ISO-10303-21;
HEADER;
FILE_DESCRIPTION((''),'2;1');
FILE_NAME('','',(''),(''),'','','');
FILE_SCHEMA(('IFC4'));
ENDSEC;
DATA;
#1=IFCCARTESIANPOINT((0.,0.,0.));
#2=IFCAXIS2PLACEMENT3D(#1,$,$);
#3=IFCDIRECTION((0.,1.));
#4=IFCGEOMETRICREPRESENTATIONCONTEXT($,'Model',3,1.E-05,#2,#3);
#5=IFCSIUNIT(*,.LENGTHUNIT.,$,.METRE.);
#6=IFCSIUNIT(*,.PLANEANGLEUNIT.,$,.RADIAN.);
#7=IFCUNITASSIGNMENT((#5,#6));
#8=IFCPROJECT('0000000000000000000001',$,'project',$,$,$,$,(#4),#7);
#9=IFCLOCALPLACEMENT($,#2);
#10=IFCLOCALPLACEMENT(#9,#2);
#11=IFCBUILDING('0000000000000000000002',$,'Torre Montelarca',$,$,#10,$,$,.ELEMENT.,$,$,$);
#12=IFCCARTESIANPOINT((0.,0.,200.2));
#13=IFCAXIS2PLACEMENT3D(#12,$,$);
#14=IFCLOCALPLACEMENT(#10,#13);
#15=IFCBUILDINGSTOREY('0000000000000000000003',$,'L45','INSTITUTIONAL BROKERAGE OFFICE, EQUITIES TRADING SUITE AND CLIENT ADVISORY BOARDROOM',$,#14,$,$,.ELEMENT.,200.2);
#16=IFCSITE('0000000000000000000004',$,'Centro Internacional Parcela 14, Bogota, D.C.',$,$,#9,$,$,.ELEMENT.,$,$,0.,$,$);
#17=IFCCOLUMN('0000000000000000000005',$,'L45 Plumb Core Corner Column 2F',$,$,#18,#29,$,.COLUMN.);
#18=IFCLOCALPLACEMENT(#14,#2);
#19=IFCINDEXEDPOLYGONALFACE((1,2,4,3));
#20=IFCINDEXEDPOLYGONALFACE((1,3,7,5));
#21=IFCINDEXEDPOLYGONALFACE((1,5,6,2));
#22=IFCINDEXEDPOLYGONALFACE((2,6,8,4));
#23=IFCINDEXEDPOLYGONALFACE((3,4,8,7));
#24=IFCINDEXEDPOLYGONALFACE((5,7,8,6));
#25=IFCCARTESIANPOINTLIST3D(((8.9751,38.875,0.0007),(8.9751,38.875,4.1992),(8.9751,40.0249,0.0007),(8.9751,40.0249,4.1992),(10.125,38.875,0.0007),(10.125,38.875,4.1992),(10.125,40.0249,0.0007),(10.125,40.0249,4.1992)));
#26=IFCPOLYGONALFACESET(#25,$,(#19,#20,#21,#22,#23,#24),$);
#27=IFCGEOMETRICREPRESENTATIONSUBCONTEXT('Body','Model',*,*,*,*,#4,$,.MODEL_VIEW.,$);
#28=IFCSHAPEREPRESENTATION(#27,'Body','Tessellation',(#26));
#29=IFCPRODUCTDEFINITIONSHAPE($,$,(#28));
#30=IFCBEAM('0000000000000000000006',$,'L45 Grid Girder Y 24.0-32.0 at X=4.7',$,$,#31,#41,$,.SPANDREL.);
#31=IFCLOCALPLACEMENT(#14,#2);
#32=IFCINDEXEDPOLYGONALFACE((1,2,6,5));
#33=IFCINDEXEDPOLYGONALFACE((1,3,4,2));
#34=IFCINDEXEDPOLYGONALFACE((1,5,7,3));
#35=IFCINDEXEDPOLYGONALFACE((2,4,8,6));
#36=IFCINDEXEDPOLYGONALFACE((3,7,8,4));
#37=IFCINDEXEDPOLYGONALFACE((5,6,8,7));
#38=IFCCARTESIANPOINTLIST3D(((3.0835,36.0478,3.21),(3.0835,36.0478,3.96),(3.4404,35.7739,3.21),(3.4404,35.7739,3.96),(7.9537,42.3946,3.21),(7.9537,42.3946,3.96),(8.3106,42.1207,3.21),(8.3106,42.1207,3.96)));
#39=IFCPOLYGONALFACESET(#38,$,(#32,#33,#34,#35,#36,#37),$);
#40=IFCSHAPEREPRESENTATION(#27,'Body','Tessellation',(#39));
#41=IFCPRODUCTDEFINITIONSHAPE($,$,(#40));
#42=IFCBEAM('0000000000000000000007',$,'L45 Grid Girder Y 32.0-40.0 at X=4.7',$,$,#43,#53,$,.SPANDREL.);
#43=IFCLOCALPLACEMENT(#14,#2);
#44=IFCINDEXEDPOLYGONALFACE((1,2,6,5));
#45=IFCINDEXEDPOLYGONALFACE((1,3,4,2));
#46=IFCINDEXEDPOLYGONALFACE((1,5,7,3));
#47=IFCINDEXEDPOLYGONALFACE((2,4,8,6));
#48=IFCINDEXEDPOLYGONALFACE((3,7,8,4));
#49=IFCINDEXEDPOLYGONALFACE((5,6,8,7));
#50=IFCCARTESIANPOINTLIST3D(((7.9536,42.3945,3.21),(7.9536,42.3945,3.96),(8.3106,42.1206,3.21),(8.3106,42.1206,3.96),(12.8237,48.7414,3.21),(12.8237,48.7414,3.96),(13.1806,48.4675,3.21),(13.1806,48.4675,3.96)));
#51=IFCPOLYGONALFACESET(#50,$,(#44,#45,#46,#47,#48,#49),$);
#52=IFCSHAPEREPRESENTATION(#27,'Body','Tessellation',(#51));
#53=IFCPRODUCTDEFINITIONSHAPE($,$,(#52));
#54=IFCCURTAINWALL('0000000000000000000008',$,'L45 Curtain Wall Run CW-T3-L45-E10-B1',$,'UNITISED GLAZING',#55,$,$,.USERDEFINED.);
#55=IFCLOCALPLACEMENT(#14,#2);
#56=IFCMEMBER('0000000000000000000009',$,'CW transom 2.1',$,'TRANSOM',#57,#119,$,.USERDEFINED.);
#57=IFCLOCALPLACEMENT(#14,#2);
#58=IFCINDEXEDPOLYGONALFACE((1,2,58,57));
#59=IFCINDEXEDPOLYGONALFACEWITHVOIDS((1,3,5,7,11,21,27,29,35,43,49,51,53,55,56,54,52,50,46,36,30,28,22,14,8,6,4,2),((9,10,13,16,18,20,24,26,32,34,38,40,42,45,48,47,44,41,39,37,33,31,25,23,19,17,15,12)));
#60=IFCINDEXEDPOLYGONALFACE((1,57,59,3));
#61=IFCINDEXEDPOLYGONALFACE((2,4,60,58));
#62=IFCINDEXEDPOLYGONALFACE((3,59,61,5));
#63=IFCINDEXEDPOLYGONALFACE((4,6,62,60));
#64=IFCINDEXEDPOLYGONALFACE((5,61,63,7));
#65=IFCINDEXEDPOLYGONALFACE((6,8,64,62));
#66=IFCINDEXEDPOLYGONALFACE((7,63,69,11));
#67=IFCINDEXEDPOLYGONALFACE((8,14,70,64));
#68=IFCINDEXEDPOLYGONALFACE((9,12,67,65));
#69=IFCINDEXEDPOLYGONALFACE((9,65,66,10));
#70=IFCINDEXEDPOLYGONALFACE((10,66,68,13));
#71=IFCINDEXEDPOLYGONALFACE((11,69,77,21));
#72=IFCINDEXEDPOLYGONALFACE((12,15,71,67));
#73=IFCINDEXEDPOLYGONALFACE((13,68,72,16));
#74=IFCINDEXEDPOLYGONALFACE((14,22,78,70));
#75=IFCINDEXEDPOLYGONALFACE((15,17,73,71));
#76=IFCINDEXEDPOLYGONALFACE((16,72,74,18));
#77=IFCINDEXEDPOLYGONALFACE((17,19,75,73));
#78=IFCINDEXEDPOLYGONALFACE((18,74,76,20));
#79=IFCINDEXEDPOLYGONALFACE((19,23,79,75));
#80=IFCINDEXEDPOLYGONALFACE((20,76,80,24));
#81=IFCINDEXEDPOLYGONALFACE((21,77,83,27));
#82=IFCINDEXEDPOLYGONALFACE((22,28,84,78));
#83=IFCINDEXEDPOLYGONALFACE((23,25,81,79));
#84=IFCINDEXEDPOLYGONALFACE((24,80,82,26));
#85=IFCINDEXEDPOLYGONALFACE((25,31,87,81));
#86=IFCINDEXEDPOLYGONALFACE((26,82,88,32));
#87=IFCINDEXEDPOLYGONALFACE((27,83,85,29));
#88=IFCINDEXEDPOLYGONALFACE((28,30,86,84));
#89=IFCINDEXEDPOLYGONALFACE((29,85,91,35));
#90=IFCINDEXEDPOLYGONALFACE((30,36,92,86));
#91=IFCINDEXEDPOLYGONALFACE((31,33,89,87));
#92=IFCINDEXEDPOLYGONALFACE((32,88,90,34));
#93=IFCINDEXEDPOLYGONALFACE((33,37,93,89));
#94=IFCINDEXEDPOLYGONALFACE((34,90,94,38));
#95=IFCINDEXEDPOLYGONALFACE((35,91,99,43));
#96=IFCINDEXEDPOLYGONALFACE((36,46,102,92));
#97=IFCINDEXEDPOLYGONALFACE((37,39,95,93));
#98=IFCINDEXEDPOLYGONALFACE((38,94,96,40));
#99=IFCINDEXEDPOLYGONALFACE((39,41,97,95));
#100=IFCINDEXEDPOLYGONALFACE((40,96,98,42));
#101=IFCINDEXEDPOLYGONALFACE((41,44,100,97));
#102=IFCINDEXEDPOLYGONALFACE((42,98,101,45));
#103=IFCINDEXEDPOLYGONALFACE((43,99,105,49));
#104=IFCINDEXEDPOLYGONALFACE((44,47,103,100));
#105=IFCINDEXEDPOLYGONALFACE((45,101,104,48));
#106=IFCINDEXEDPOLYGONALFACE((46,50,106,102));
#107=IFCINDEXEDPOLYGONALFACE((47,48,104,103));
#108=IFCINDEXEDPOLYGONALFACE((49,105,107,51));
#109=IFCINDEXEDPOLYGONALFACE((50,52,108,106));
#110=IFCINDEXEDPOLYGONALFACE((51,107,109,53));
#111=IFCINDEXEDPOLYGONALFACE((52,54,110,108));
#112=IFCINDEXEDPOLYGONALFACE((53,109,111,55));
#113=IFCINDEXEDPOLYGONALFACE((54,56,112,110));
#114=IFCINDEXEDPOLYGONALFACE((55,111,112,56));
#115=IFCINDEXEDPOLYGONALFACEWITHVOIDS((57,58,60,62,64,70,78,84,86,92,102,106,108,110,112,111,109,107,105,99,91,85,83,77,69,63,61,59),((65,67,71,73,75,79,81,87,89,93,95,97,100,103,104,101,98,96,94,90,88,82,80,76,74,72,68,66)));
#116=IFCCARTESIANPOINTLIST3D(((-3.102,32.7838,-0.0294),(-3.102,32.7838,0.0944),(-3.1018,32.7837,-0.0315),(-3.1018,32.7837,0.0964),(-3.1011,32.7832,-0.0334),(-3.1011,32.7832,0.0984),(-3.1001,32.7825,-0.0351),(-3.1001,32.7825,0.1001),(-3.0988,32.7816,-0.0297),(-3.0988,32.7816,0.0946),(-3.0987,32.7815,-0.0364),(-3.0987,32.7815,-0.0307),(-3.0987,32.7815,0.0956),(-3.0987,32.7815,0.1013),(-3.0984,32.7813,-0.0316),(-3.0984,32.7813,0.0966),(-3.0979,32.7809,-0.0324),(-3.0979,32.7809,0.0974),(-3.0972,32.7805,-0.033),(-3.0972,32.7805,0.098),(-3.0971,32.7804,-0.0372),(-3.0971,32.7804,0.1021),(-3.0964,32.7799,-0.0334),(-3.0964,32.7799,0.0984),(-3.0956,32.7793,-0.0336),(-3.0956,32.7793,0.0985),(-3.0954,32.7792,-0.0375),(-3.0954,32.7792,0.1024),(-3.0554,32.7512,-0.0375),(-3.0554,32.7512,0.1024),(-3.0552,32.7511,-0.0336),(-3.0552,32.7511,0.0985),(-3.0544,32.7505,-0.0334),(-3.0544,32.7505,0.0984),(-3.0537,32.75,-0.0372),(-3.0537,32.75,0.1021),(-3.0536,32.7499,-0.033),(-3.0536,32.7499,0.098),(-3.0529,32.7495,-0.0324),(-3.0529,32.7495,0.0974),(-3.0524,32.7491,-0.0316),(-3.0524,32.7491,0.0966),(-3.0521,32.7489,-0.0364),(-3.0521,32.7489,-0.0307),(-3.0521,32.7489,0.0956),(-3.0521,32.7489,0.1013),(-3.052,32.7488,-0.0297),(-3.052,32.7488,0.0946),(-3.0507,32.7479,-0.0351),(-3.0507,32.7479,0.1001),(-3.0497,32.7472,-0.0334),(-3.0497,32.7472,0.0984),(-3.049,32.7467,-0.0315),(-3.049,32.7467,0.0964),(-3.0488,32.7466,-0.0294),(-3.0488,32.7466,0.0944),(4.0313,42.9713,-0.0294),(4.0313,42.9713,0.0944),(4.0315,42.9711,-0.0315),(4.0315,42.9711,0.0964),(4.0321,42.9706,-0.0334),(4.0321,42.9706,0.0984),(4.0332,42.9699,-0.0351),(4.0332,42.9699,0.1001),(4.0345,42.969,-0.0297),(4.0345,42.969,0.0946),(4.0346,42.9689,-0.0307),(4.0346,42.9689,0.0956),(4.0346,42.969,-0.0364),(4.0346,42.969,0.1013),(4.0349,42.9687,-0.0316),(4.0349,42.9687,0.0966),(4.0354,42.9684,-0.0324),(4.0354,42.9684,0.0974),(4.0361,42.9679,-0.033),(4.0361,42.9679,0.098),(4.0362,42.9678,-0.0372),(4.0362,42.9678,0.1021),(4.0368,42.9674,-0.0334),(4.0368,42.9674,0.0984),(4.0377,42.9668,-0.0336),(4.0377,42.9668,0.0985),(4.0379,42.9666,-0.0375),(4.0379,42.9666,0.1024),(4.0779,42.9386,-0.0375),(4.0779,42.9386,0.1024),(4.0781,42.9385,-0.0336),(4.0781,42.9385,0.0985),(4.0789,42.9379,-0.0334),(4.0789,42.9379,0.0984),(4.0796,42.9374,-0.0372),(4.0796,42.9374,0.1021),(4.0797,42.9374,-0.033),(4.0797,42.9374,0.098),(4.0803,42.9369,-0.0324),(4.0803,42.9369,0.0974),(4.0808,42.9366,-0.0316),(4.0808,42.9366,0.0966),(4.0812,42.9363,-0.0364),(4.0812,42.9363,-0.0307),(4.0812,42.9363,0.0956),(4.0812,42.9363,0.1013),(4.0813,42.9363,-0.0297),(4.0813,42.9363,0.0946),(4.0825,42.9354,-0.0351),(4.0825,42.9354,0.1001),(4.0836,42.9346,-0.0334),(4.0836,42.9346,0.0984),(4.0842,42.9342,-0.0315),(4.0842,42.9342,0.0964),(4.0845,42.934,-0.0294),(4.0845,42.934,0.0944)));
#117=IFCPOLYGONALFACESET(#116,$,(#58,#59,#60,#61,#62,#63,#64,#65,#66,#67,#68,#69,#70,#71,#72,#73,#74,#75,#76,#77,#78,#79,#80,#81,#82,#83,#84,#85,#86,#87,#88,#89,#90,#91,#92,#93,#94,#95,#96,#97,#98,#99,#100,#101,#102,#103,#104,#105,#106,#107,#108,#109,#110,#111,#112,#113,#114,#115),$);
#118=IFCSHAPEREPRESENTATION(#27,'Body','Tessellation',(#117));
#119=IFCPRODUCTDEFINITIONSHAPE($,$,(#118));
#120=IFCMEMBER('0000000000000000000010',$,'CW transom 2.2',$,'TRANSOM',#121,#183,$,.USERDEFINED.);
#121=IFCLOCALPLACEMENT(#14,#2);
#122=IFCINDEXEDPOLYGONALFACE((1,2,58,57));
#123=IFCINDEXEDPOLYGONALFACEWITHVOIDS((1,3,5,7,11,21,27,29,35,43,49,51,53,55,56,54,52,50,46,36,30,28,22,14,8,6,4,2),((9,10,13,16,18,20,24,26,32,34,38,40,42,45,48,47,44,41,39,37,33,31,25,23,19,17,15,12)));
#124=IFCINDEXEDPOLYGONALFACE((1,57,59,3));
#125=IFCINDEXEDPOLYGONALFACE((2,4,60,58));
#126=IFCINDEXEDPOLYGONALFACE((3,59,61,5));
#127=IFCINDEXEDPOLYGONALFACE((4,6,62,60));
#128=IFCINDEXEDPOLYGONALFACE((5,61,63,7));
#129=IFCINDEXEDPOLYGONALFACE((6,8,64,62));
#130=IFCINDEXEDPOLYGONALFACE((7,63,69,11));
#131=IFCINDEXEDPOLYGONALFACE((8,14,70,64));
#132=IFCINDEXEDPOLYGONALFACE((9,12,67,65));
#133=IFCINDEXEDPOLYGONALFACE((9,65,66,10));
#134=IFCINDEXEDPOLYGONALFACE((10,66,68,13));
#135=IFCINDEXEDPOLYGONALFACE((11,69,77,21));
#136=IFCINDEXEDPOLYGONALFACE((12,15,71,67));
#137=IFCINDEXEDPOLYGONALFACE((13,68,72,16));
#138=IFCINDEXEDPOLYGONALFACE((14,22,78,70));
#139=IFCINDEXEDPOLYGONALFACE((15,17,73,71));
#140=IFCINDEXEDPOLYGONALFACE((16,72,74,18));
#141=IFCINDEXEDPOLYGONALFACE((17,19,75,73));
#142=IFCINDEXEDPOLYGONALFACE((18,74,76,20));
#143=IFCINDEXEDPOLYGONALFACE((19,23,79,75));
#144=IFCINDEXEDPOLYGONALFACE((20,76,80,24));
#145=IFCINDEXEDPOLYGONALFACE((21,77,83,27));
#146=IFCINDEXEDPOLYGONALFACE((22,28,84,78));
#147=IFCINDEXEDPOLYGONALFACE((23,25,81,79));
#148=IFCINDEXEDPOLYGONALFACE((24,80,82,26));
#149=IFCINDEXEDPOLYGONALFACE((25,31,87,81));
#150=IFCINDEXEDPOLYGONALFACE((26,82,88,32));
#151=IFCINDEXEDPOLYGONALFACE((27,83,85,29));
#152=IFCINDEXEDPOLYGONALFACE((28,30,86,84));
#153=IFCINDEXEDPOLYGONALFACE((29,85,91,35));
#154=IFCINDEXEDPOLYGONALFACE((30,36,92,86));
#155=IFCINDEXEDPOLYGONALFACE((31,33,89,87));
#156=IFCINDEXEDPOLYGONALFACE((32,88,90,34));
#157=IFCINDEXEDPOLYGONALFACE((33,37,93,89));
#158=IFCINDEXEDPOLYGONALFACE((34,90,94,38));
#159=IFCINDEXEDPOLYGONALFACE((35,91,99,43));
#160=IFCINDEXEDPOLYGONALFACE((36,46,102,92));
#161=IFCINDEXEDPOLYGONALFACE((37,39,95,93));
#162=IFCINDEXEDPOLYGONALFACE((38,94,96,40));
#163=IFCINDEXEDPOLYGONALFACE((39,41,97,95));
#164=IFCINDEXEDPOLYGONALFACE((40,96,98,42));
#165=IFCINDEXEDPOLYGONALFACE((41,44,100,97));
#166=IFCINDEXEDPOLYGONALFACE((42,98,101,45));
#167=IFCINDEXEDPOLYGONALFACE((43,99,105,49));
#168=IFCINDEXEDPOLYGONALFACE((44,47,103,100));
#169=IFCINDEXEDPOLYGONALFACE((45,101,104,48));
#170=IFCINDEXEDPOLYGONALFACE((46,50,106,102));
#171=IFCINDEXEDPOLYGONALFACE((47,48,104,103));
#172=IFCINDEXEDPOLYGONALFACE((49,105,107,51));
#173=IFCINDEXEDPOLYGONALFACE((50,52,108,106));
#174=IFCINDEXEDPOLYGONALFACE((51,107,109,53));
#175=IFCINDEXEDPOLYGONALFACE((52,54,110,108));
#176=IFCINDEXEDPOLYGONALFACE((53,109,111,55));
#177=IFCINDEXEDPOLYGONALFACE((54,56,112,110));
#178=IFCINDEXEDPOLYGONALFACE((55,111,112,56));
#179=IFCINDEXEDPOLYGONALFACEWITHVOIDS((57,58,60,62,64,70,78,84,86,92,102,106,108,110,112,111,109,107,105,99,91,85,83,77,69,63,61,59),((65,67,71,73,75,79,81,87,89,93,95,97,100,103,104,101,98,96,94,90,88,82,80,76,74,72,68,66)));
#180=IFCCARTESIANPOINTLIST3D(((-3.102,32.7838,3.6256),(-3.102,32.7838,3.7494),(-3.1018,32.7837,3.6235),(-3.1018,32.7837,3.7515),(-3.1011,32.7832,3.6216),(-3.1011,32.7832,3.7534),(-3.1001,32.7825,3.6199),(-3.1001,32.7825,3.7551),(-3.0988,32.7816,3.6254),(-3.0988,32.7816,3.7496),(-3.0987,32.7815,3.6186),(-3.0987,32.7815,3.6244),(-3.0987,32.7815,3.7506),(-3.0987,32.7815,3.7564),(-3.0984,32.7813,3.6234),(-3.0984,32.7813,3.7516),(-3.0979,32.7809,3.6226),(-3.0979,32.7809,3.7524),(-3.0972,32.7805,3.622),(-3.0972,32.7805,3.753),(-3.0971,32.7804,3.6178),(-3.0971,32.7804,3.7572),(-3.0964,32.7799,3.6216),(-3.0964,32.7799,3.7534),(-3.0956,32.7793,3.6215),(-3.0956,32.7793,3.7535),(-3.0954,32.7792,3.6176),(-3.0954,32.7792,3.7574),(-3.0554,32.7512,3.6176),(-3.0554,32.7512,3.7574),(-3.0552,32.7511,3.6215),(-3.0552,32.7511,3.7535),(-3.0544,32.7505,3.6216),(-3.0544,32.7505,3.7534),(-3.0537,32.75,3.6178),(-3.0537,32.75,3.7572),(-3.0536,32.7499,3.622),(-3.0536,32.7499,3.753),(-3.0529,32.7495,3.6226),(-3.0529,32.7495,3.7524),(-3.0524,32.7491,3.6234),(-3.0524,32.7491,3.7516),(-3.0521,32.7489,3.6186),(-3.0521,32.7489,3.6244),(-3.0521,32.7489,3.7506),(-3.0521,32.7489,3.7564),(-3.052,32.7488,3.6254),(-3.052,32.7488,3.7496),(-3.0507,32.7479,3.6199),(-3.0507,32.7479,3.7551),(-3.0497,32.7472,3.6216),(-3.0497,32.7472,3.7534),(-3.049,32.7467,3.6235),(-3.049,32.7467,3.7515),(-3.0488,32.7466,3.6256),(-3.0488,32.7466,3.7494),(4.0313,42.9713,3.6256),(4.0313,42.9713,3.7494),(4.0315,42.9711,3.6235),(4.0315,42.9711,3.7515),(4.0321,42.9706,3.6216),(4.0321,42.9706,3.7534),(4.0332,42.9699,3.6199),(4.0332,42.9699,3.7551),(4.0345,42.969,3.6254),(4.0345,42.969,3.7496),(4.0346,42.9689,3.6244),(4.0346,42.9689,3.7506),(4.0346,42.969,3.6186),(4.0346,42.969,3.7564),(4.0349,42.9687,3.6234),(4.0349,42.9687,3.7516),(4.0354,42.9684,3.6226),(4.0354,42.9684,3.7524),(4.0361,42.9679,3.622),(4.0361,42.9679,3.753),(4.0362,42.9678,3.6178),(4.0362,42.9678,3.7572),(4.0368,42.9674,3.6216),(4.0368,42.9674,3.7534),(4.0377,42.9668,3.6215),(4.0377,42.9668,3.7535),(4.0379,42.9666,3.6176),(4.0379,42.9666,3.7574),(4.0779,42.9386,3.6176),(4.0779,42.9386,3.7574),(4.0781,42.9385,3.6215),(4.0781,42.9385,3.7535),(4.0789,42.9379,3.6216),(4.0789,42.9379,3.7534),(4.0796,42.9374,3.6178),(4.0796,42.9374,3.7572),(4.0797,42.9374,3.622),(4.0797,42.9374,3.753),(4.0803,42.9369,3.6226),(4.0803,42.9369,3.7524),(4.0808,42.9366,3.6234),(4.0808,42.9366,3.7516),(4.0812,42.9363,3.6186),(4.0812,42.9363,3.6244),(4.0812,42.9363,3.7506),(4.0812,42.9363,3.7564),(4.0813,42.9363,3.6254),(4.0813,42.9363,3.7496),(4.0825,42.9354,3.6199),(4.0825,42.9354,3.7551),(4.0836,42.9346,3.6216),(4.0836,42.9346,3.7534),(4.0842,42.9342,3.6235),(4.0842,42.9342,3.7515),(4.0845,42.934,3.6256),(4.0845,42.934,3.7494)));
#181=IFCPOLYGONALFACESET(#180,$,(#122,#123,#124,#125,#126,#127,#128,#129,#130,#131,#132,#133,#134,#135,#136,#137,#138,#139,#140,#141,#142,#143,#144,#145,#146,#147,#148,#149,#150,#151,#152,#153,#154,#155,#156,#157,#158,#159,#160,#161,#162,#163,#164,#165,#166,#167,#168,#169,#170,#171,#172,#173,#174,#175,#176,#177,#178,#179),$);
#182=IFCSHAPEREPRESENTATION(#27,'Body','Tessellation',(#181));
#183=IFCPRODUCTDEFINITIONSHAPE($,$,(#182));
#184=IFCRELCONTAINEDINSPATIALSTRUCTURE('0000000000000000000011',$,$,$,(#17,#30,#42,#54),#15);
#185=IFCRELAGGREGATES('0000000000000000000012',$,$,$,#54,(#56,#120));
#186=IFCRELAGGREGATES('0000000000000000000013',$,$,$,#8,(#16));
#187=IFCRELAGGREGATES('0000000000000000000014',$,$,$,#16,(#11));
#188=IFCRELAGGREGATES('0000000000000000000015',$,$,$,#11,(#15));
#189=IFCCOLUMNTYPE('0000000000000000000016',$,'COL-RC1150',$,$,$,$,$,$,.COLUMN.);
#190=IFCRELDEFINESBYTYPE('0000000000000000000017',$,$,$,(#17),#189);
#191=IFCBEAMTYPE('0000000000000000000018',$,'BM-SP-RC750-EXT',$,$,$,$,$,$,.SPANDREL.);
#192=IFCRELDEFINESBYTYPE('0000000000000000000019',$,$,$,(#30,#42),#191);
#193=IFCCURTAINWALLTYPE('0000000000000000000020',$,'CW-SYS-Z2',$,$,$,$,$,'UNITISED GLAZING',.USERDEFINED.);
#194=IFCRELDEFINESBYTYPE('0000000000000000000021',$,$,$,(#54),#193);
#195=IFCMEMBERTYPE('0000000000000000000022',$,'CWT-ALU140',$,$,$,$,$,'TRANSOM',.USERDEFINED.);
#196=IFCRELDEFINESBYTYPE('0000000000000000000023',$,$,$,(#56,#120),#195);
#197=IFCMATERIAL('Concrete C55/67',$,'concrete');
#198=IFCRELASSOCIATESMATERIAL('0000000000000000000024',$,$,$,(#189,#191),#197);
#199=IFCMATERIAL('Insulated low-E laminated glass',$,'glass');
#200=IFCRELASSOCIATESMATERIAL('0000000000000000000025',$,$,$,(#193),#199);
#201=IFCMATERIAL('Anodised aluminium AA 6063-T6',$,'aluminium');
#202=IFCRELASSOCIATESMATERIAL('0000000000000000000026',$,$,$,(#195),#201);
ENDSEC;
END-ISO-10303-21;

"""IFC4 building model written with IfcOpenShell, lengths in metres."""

from ifc_helpers import new_model, si_unit, direction, frame, origin, origin_2d, place, context, subcontext, project, spatial, rectangle, hollow_rectangle, extrude, source, transform, mapped, material, material_profile, profile_set, type_object, element, aggregate, save


model = new_model("IFC4")

# Units and contexts
model_context = context("Model", 3, precision=1e-05, world=origin(), true_north=direction((0.0, 1.0)))
body_context = subcontext(model_context, "Body", "Model", "MODEL_VIEW")
ifc_project = project(units=[si_unit("LENGTHUNIT", "METRE"), si_unit("PLANEANGLEUNIT", "RADIAN")], contexts=[model_context])

# Site, building, storey
site_placement = place(None, origin())
site = spatial("IfcSite", under=ifc_project, at=site_placement, Name="Centro Internacional Parcela 14, Bogota, D.C.", CompositionType="ELEMENT", RefElevation=0.0)
building_placement = place(site_placement, origin())
building = spatial("IfcBuilding", under=site, at=building_placement, Name="Torre Montelarca", CompositionType="ELEMENT")
storey_placement = place(building_placement, frame((0.0, 0.0, 200.2)))
storey = spatial("IfcBuildingStorey", under=building, at=storey_placement, Name="L45", Description="INSTITUTIONAL BROKERAGE OFFICE, EQUITIES TRADING SUITE AND CLIENT ADVISORY BOARDROOM", CompositionType="ELEMENT", Elevation=200.2)

# Column
ifc_material_1 = material(Name="Concrete C55/67", Category="concrete")
ifc_material_profile_1 = material_profile(ifc_material_1, rectangle(XDim=1.1499, YDim=1.1499, at=origin_2d()), Name="RC1150X1150", Category="concrete")
ifc_profile_set_1 = profile_set([ifc_material_profile_1], Name="Concrete C55/67")
column_type_1 = type_object("IfcColumnType", Name="COL-RC1150", PredefinedType="COLUMN", material=ifc_profile_set_1)
shared_shape_1 = source(origin(), body_context, "Body", "SweptSolid", [
    extrude(rectangle(XDim=1.1499, YDim=1.1499, at=origin_2d()), origin(), (0.0, 0.0, 1.0), 4.1985),
])
column_1_placement = place(storey_placement, frame((9.55, 39.45, 0.0007), z_axis=(0.0, 0.0, 1.0), x_axis=(1.0, 0.0, 0.0)))
element("IfcColumn", 1, at=column_1_placement, inside=storey, type_object=column_type_1, Name="L45 Plumb Core Corner Column 2F", PredefinedType="COLUMN", context=body_context, shape_type="MappedRepresentation", body=[
    mapped(shared_shape_1, transform((0.0, 0.0, 0.0), scale=1.0)),
])

# Beams
ifc_material_profile_2 = material_profile(ifc_material_1, rectangle(XDim=0.45, YDim=0.75, at=origin_2d()), Name="RCB450X750", Category="concrete")
ifc_profile_set_2 = profile_set([ifc_material_profile_2], Name="Concrete C55/67")
beam_type = type_object("IfcBeamType", Name="BM-SP-RC750-EXT", PredefinedType="SPANDREL", material=ifc_profile_set_2)
shared_shape_2 = source(origin(), body_context, "Body", "SweptSolid", [
    extrude(rectangle(XDim=0.45, YDim=0.75, at=origin_2d()), origin(), (0.0, 0.0, 1.0), 8.0),
])
for number, where, z_axis, x_axis, name in (
    (2, (3.262, 35.9109, 3.585), (0.608772, 0.793345, 0.0), (-0.793345, 0.608772, 0.0), "L45 Grid Girder Y 24.0-32.0 at X=4.7"),
    (3, (8.1321, 42.2576, 3.585), (0.608758, 0.793356, 0.0), (-0.793356, 0.608758, 0.0), "L45 Grid Girder Y 32.0-40.0 at X=4.7"),
):
    element("IfcBeam", number, at=place(storey_placement, frame(where, z_axis=z_axis, x_axis=x_axis)), inside=storey, type_object=beam_type, Name=name, PredefinedType="SPANDREL", context=body_context, shape_type="MappedRepresentation", body=[
        mapped(shared_shape_2, transform((0.0, 0.0, 0.0), scale=1.0)),
    ])

# Curtain wall, members
ifc_material_2 = material(Name="Insulated low-E laminated glass", Category="glass")
curtain_wall_type = type_object("IfcCurtainWallType", Name="CW-SYS-Z2", ElementType="UNITISED GLAZING", PredefinedType="USERDEFINED", material=ifc_material_2)
curtain_wall_placement = place(storey_placement, origin())
curtain_wall = element("IfcCurtainWall", 4, at=curtain_wall_placement, inside=storey, type_object=curtain_wall_type, Name="L45 Curtain Wall Run CW-T3-L45-E10-B1", ObjectType="UNITISED GLAZING", PredefinedType="USERDEFINED")
ifc_material_3 = material(Name="Anodised aluminium AA 6063-T6", Category="aluminium")
ifc_material_profile_3 = material_profile(ifc_material_3, hollow_rectangle(XDim=0.0649, YDim=0.1399, WallThickness=0.0039, InnerFilletRadius=0.0039, OuterFilletRadius=0.0081, at=origin_2d()), Name="ALU65X140X4", Category="aluminium")
ifc_profile_set_3 = profile_set([ifc_material_profile_3], Name="Anodised aluminium AA 6063-T6")
member_type_1 = type_object("IfcMemberType", Name="CWT-ALU140", ElementType="TRANSOM", PredefinedType="USERDEFINED", material=ifc_profile_set_3)
shared_shape_3 = source(origin(), body_context, "Body", "SweptSolid", [
    extrude(hollow_rectangle(XDim=0.0649, YDim=0.1399, WallThickness=0.0039, InnerFilletRadius=0.0039, OuterFilletRadius=0.0081, at=origin_2d()), origin(), (0.0, 0.0, 1.0), 12.4365),
])
member_1_placement = place(storey_placement, frame((4.0579, 42.9526, 0.0325), z_axis=(-0.573573, -0.819154, 0.0), x_axis=(0.819154, -0.573573, 0.0)))
member_1 = element("IfcMember", 5, at=member_1_placement, type_object=member_type_1, Name="CW transom 2.1", ObjectType="TRANSOM", PredefinedType="USERDEFINED", context=body_context, shape_type="MappedRepresentation", body=[
    mapped(shared_shape_3, transform((0.0, 0.0, 0.0), scale=1.0)),
])
member_2_placement = place(storey_placement, frame((4.0579, 42.9526, 3.6875), z_axis=(-0.573573, -0.819154, 0.0), x_axis=(0.819154, -0.573573, 0.0)))
member_2 = element("IfcMember", 6, at=member_2_placement, type_object=member_type_1, Name="CW transom 2.2", ObjectType="TRANSOM", PredefinedType="USERDEFINED", context=body_context, shape_type="MappedRepresentation", body=[
    mapped(shared_shape_3, transform((0.0, 0.0, 0.0), scale=1.0)),
])
aggregate(curtain_wall, [member_1, member_2])

save(model, "model.ifc")
